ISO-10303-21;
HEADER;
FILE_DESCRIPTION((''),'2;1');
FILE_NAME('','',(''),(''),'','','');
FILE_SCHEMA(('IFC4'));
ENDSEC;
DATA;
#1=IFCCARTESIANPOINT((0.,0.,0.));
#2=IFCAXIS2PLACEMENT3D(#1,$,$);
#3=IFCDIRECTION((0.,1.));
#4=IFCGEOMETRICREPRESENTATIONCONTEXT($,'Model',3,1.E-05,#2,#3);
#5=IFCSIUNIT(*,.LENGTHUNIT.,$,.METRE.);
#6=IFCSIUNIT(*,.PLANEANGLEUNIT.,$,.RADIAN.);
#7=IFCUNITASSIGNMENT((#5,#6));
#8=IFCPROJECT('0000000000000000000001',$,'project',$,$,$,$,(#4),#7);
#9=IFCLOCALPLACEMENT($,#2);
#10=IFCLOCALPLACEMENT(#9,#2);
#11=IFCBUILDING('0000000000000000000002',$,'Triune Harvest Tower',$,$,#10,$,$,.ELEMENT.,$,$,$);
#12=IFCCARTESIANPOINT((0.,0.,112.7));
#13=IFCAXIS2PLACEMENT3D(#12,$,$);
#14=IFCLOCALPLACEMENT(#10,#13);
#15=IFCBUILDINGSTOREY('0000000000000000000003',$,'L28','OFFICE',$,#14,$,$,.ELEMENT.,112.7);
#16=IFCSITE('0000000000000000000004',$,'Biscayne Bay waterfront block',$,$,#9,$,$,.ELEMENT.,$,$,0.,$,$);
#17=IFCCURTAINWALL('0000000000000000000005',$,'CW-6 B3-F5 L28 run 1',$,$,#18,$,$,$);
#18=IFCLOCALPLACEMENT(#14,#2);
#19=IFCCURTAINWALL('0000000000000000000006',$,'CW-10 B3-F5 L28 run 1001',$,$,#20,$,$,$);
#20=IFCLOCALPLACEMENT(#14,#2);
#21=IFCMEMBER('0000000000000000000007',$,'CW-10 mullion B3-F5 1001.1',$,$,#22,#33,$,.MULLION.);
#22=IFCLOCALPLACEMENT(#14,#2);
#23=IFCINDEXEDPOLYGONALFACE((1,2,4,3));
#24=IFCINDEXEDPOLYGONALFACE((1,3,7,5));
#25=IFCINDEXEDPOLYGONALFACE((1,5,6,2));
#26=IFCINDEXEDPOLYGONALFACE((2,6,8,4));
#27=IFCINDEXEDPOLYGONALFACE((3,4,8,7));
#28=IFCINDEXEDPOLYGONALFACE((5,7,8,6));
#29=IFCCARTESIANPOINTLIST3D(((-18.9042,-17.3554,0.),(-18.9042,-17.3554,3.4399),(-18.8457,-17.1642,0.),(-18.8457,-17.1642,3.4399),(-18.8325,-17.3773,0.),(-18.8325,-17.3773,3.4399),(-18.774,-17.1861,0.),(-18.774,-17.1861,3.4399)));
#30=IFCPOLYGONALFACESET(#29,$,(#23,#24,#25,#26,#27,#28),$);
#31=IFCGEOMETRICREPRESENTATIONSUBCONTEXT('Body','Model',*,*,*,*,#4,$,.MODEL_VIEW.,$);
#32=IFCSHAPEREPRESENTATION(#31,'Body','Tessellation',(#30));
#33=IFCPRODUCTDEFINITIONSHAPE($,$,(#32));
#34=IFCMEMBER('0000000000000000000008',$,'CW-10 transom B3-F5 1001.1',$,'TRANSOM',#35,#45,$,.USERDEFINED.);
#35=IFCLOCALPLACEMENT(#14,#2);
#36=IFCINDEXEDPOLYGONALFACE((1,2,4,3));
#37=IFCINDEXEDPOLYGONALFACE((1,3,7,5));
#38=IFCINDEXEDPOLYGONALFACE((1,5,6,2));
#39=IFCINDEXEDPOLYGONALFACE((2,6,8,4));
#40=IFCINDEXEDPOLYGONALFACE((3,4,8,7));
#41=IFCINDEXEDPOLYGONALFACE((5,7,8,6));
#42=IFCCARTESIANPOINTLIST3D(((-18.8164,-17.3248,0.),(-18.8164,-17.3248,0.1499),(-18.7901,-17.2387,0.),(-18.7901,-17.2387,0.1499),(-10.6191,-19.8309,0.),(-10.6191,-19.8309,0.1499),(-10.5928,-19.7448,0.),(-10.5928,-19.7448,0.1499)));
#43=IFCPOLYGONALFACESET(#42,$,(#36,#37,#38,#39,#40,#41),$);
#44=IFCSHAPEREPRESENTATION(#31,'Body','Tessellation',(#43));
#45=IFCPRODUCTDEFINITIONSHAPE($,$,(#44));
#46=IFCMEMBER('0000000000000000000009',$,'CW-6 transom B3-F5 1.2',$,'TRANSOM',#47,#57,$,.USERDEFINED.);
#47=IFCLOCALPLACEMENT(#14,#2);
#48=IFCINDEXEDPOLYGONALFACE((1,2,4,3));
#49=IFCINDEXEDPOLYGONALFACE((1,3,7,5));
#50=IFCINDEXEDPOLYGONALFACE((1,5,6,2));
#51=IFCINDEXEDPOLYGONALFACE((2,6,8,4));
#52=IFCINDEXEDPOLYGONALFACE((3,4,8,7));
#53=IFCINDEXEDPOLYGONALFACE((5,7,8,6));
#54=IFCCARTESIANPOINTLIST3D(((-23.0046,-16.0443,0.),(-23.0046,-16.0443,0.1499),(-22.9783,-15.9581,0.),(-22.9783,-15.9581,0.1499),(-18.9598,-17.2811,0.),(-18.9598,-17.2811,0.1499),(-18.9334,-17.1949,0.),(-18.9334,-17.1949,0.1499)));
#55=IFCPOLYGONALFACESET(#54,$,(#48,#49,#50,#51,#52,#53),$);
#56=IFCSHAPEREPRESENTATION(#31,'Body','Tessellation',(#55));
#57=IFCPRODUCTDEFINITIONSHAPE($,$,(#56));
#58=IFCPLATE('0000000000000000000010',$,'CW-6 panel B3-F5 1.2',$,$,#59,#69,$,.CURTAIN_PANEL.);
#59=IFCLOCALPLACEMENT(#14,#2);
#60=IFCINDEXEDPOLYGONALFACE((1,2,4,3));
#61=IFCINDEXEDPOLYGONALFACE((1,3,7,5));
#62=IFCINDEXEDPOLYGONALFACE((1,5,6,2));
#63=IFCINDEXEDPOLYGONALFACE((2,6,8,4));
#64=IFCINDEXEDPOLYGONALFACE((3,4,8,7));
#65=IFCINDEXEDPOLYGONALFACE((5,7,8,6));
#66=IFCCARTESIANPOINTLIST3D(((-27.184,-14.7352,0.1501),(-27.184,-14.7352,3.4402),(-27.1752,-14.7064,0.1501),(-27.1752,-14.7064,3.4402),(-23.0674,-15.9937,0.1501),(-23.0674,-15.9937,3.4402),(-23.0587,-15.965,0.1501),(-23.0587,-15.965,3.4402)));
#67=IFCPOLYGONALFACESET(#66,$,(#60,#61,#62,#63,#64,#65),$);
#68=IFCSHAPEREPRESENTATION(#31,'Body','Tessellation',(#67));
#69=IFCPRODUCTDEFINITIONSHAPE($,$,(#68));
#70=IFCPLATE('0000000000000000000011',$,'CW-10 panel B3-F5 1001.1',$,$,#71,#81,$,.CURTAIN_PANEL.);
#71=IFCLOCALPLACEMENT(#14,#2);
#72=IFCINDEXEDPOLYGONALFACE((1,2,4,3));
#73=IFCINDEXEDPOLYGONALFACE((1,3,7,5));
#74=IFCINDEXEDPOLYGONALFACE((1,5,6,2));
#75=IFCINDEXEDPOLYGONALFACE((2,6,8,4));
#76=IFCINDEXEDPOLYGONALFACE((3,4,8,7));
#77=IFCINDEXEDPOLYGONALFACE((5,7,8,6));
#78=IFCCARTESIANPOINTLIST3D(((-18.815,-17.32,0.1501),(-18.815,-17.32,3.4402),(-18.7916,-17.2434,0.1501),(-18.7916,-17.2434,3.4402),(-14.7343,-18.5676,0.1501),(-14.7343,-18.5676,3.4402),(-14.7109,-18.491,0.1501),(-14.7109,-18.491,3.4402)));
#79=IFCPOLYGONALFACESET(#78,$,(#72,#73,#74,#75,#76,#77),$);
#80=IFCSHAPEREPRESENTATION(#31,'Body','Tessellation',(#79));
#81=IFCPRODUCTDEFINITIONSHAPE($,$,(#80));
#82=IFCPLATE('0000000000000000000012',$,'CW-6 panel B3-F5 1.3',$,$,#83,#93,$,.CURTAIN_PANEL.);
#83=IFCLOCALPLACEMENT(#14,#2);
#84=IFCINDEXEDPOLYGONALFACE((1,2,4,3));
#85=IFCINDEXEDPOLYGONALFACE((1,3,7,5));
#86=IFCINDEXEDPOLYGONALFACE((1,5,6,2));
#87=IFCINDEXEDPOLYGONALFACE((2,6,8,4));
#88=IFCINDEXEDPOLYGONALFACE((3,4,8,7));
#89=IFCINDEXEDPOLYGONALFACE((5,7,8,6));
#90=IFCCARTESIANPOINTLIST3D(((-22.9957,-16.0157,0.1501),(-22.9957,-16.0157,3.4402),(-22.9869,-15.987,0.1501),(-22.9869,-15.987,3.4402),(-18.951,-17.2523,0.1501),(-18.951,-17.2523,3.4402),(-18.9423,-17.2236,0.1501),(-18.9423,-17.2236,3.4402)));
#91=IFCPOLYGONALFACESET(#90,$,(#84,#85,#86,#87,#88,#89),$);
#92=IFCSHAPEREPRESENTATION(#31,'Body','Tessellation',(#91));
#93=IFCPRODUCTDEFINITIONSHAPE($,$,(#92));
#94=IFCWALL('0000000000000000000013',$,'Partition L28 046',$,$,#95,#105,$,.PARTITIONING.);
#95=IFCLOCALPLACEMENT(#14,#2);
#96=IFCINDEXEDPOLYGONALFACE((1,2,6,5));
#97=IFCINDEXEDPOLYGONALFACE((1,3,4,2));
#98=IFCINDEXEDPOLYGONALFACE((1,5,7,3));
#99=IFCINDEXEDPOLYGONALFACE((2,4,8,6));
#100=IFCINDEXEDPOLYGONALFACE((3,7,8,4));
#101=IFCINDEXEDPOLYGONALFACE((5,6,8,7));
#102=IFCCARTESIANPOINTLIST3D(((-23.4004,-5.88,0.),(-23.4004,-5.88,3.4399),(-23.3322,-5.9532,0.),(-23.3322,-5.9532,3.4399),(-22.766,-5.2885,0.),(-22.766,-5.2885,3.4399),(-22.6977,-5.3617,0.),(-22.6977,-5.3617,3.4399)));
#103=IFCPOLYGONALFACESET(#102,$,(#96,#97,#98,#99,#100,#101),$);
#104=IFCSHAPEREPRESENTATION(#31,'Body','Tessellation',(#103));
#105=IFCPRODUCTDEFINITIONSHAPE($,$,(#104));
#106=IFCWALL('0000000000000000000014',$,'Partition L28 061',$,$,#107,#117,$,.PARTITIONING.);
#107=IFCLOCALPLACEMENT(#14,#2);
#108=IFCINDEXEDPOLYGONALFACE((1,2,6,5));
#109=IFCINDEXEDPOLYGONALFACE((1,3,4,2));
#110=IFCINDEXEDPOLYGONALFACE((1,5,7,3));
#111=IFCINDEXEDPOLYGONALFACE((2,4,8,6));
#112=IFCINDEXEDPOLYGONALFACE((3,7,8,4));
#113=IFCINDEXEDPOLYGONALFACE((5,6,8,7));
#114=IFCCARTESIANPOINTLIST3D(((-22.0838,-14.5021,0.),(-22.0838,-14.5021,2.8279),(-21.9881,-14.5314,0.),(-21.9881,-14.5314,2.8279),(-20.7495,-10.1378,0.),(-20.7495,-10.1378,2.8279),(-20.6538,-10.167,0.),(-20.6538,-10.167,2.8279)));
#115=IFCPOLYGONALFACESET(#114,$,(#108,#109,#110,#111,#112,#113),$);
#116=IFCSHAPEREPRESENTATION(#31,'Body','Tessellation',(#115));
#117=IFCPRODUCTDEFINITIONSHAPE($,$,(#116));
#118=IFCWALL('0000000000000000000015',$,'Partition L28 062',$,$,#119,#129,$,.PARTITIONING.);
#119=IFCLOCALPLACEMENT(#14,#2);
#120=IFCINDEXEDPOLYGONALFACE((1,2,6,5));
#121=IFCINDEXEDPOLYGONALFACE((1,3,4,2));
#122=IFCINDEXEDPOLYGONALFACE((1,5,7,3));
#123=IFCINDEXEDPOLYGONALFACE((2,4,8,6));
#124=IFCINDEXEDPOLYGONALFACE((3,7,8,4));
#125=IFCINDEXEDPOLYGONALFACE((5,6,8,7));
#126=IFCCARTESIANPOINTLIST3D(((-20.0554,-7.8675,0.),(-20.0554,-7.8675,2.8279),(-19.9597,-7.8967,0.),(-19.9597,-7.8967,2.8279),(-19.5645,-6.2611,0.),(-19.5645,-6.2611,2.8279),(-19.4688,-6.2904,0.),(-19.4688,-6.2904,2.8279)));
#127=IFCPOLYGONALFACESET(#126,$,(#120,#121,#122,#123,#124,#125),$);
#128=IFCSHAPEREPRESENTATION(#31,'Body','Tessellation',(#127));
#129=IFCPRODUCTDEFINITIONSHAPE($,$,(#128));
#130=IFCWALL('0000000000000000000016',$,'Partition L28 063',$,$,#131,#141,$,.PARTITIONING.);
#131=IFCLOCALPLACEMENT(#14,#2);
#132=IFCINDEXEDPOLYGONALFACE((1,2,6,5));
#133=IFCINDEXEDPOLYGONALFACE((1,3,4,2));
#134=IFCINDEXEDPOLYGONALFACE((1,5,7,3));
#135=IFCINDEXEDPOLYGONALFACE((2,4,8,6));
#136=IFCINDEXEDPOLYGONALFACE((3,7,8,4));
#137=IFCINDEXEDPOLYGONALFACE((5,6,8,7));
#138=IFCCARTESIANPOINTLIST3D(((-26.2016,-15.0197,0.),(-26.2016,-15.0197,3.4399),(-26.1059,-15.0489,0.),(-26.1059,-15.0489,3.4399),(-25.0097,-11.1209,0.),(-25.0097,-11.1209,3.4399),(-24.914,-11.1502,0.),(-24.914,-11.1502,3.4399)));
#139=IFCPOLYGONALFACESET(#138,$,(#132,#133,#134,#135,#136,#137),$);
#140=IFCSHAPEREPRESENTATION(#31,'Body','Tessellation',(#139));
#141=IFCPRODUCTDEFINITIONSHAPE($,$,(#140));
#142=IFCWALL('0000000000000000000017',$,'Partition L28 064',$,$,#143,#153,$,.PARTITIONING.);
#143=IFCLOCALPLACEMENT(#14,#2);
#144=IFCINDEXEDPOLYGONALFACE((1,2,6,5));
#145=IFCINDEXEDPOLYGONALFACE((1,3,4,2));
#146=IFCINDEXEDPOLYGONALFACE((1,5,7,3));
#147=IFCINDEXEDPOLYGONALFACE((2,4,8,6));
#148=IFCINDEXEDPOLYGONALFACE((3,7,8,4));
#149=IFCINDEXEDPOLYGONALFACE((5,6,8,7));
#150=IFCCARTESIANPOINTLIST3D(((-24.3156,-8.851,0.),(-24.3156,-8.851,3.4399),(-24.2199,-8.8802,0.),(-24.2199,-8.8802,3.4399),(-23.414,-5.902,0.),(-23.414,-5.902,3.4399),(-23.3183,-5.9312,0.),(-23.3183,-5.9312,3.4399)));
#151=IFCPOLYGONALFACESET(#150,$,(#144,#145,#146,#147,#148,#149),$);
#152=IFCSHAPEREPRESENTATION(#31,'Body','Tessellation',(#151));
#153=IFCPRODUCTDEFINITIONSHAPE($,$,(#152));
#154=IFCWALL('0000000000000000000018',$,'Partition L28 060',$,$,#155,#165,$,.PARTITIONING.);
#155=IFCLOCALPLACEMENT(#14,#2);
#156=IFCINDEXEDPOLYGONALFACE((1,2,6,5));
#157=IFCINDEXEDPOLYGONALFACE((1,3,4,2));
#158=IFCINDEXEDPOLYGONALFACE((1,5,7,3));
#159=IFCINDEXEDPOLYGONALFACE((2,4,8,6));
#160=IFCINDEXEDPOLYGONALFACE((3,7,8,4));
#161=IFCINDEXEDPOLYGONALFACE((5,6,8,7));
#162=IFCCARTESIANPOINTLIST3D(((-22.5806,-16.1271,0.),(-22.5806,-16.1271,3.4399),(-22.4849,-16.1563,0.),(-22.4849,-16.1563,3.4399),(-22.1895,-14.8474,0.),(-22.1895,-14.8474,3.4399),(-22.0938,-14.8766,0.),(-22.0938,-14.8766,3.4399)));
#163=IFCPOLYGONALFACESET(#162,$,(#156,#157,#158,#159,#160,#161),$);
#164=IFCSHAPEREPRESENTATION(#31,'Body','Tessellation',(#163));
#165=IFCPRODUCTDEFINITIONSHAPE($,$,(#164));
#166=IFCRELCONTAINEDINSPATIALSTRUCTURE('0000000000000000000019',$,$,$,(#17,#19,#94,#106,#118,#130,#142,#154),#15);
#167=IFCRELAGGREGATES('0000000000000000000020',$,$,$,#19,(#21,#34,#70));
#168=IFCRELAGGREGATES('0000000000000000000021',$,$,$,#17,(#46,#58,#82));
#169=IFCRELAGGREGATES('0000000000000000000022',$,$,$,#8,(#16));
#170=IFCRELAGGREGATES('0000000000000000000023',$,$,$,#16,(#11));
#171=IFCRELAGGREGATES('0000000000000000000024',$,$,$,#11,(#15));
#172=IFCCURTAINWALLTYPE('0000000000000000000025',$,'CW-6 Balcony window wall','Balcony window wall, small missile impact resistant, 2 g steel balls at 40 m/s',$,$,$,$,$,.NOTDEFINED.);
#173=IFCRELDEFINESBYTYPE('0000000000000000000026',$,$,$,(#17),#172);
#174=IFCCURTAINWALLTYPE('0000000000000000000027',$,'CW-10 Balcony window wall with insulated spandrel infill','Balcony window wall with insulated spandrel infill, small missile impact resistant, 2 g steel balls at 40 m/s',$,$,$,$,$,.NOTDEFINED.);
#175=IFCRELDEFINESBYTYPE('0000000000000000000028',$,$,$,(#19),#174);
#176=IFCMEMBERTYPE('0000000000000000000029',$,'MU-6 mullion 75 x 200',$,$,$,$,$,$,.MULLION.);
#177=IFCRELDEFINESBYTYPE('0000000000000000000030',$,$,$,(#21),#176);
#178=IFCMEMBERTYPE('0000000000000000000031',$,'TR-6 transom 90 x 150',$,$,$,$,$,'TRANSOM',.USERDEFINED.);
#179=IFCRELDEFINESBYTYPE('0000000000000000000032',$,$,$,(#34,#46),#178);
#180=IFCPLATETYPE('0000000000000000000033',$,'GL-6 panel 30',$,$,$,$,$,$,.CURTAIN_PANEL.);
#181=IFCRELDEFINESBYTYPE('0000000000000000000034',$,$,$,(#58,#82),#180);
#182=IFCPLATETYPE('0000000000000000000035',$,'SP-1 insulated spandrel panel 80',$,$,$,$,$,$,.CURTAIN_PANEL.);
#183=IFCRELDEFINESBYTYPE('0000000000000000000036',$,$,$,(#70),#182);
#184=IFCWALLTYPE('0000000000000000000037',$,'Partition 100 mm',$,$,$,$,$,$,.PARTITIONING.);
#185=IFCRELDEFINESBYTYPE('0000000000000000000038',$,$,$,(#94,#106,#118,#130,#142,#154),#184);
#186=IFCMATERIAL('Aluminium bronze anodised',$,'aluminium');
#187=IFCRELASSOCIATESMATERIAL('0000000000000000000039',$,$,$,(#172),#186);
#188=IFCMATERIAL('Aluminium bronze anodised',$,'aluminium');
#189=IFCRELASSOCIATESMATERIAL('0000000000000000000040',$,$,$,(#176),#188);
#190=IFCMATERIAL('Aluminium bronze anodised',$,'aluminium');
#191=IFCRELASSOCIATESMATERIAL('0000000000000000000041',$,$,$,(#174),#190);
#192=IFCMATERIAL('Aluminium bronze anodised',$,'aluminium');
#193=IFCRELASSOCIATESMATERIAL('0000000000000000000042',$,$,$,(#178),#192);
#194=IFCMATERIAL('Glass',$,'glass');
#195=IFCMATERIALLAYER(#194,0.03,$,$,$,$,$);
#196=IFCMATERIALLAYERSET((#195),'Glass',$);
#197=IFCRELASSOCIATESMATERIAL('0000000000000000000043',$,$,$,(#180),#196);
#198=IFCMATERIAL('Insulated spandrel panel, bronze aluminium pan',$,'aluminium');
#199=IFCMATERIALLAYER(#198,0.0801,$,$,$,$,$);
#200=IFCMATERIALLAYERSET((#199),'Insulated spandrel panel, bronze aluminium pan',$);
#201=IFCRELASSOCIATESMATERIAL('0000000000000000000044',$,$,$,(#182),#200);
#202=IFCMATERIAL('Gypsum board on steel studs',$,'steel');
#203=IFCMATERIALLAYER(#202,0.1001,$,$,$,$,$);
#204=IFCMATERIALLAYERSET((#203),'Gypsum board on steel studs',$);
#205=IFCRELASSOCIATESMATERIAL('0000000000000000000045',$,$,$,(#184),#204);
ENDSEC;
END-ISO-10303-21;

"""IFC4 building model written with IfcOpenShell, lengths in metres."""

from ifc_helpers import new_model, si_unit, direction, frame, frame_2d, origin, origin_2d, place, context, subcontext, project, spatial, rectangle, extrude, source, transform, mapped, material, layer, layer_set, material_profile, profile_set, type_object, element, aggregate, save


model = new_model("IFC4")

# Units and contexts
model_context = context("Model", 3, precision=1e-05, world=origin(), true_north=direction((0.0, 1.0)))
body_context = subcontext(model_context, "Body", "Model", "MODEL_VIEW")
ifc_project = project(units=[si_unit("LENGTHUNIT", "METRE"), si_unit("PLANEANGLEUNIT", "RADIAN")], contexts=[model_context])

# Site, building, storey
site_placement = place(None, origin())
site = spatial("IfcSite", under=ifc_project, at=site_placement, Name="Biscayne Bay waterfront block", CompositionType="ELEMENT", RefElevation=0.0)
building_placement = place(site_placement, origin())
building = spatial("IfcBuilding", under=site, at=building_placement, Name="Triune Harvest Tower", CompositionType="ELEMENT")
storey_placement = place(building_placement, frame((0.0, 0.0, 112.7)))
storey = spatial("IfcBuildingStorey", under=building, at=storey_placement, Name="L28", Description="OFFICE", CompositionType="ELEMENT", Elevation=112.7)

# Curtain walls, members
ifc_material_1 = material(Name="Aluminium bronze anodised", Category="aluminium")
curtain_wall_type_1 = type_object("IfcCurtainWallType", Name="CW-6 Balcony window wall", Description="Balcony window wall, small missile impact resistant, 2 g steel balls at 40 m/s", PredefinedType="NOTDEFINED", material=ifc_material_1)
curtain_wall_1_placement = place(storey_placement, origin())
curtain_wall_1 = element("IfcCurtainWall", 1, at=curtain_wall_1_placement, inside=storey, type_object=curtain_wall_type_1, Name="CW-6 B3-F5 L28 run 1")
ifc_material_2 = material(Name="Aluminium bronze anodised", Category="aluminium")
ifc_material_profile_1 = material_profile(ifc_material_2, rectangle(XDim=0.2, YDim=0.075, at=origin_2d()), Name="MU-6 mullion 75 x 200")
ifc_profile_set_1 = profile_set([ifc_material_profile_1], Name="Aluminium bronze anodised")
member_type_1 = type_object("IfcMemberType", Name="MU-6 mullion 75 x 200", PredefinedType="MULLION", material=ifc_profile_set_1)
shared_shape_1 = source(origin(), body_context, "Body", "SweptSolid", [
    extrude(rectangle(XDim=0.2, YDim=0.075, at=origin_2d()), origin(), (0.0, 0.0, 1.0), 3.4399),
])
ifc_material_3 = material(Name="Aluminium bronze anodised", Category="aluminium")
curtain_wall_type_2 = type_object("IfcCurtainWallType", Name="CW-10 Balcony window wall with insulated spandrel infill", Description="Balcony window wall with insulated spandrel infill, small missile impact resistant, 2 g steel balls at 40 m/s", PredefinedType="NOTDEFINED", material=ifc_material_3)
curtain_wall_2_placement = place(storey_placement, origin())
curtain_wall_2 = element("IfcCurtainWall", 2, at=curtain_wall_2_placement, inside=storey, type_object=curtain_wall_type_2, Name="CW-10 B3-F5 L28 run 1001")
member_1_placement = place(storey_placement, frame((-18.8391, -17.2708, 0.0), z_axis=(0.0, 0.0, 1.0), x_axis=(0.292372, 0.956305, 0.0)))
member_1 = element("IfcMember", 3, at=member_1_placement, type_object=member_type_1, Name="CW-10 mullion B3-F5 1001.1", PredefinedType="MULLION", context=body_context, shape_type="MappedRepresentation", body=[
    mapped(shared_shape_1, transform((0.0, 0.0, 0.0), scale=1.0)),
])
ifc_material_4 = material(Name="Aluminium bronze anodised", Category="aluminium")
ifc_material_profile_2 = material_profile(ifc_material_4, rectangle(XDim=0.0901, YDim=0.1499, at=origin_2d()), Name="TR-6 transom 90 x 150")
ifc_profile_set_2 = profile_set([ifc_material_profile_2], Name="Aluminium bronze anodised")
member_type_2 = type_object("IfcMemberType", Name="TR-6 transom 90 x 150", ElementType="TRANSOM", PredefinedType="USERDEFINED", material=ifc_profile_set_2)
shared_shape_2 = source(origin(), body_context, "Body", "SweptSolid", [
    extrude(rectangle(XDim=0.0901, YDim=0.1499, at=origin_2d()), origin(), (0.0, 0.0, 1.0), 8.5718),
])
member_2_placement = place(storey_placement, frame((-18.8032, -17.2817, 0.075), z_axis=(0.956306, -0.292366, 0.0), x_axis=(0.292366, 0.956306, 0.0)))
member_2 = element("IfcMember", 4, at=member_2_placement, type_object=member_type_2, Name="CW-10 transom B3-F5 1001.1", ObjectType="TRANSOM", PredefinedType="USERDEFINED", context=body_context, shape_type="MappedRepresentation", body=[
    mapped(shared_shape_2, transform((0.0, 0.0, 0.0), scale=1.0)),
])

# Member
shared_shape_3 = source(origin(), body_context, "Body", "SweptSolid", [
    extrude(rectangle(XDim=0.0901, YDim=0.1499, at=origin_2d()), origin(), (0.0, 0.0, 1.0), 4.2297),
])
member_3_placement = place(storey_placement, frame((-22.9915, -16.0012, 0.075), z_axis=(0.956294, -0.292406, 0.0), x_axis=(0.292406, 0.956294, 0.0)))
member_3 = element("IfcMember", 5, at=member_3_placement, type_object=member_type_2, Name="CW-6 transom B3-F5 1.2", ObjectType="TRANSOM", PredefinedType="USERDEFINED", context=body_context, shape_type="MappedRepresentation", body=[
    mapped(shared_shape_3, transform((0.0, 0.0, 0.0), scale=1.0)),
])

# Plates
ifc_material_5 = material(Name="Glass", Category="glass")
ifc_layer_1 = layer(ifc_material_5, 0.03)
ifc_layer_set_1 = layer_set([ifc_layer_1], Name="Glass")
plate_type_1 = type_object("IfcPlateType", Name="GL-6 panel 30", PredefinedType="CURTAIN_PANEL", material=ifc_layer_set_1)
shared_shape_4 = source(origin(), body_context, "Body", "SweptSolid", [
    extrude(rectangle(XDim=4.3047, YDim=0.03, at=origin_2d()), origin(), (0.0, 0.0, 1.0), 3.29),
])
plate_1_placement = place(storey_placement, frame((-25.1213, -15.3501, 0.1501), z_axis=(0.0, 0.0, 1.0), x_axis=(0.956303, -0.292376, 0.0)))
plate_1 = element("IfcPlate", 6, at=plate_1_placement, type_object=plate_type_1, Name="CW-6 panel B3-F5 1.2", PredefinedType="CURTAIN_PANEL", context=body_context, shape_type="MappedRepresentation", body=[
    mapped(shared_shape_4, transform((0.0, 0.0, 0.0), scale=1.0)),
])
ifc_material_6 = material(Name="Insulated spandrel panel, bronze aluminium pan", Category="aluminium")
ifc_layer_2 = layer(ifc_material_6, 0.0801)
ifc_layer_set_2 = layer_set([ifc_layer_2], Name="Insulated spandrel panel, bronze aluminium pan")
plate_type_2 = type_object("IfcPlateType", Name="SP-1 insulated spandrel panel 80", PredefinedType="CURTAIN_PANEL", material=ifc_layer_set_2)
shared_shape_5 = source(origin(), body_context, "Body", "SweptSolid", [
    extrude(rectangle(XDim=4.2671, YDim=0.0801, at=origin_2d()), origin(), (0.0, 0.0, 1.0), 3.29),
])
plate_2_placement = place(storey_placement, frame((-16.7629, -17.9055, 0.1501), z_axis=(0.0, 0.0, 1.0), x_axis=(0.956305, -0.292372, 0.0)))
plate_2 = element("IfcPlate", 7, at=plate_2_placement, type_object=plate_type_2, Name="CW-10 panel B3-F5 1001.1", PredefinedType="CURTAIN_PANEL", context=body_context, shape_type="MappedRepresentation", body=[
    mapped(shared_shape_5, transform((0.0, 0.0, 0.0), scale=1.0)),
])
aggregate(curtain_wall_2, [member_1, member_2, plate_2])
shared_shape_6 = source(origin(), body_context, "Body", "SweptSolid", [
    extrude(rectangle(XDim=4.2295, YDim=0.03, at=origin_2d()), origin(), (0.0, 0.0, 1.0), 3.29),
])
plate_3_placement = place(storey_placement, frame((-20.969, -16.6196, 0.1501), z_axis=(0.0, 0.0, 1.0), x_axis=(0.956303, -0.292376, 0.0)))
plate_3 = element("IfcPlate", 8, at=plate_3_placement, type_object=plate_type_1, Name="CW-6 panel B3-F5 1.3", PredefinedType="CURTAIN_PANEL", context=body_context, shape_type="MappedRepresentation", body=[
    mapped(shared_shape_6, transform((0.0, 0.0, 0.0), scale=1.0)),
])
aggregate(curtain_wall_1, [member_3, plate_1, plate_3])

# Walls
ifc_material_7 = material(Name="Gypsum board on steel studs", Category="steel")
ifc_layer_3 = layer(ifc_material_7, 0.1001)
ifc_layer_set_3 = layer_set([ifc_layer_3], Name="Gypsum board on steel studs")
wall_type_1 = type_object("IfcWallType", Name="Partition 100 mm", PredefinedType="PARTITIONING", material=ifc_layer_set_3)
wall_1_placement = place(storey_placement, frame((-23.3662, -5.9165, 0.0), z_axis=(0.0, 0.0, 1.0), x_axis=(0.731439, 0.681907, 0.0)))
element("IfcWall", 9, at=wall_1_placement, inside=storey, type_object=wall_type_1, Name="Partition L28 046", PredefinedType="PARTITIONING", context=body_context, shape_type="SweptSolid", body=[
    extrude(rectangle(XDim=0.8674, YDim=0.1001, at=frame_2d((0.4336, 0.0))), origin(), (0.0, 0.0, 1.0), 3.4399),
])
wall_2_placement = place(storey_placement, frame((-22.0359, -14.5166, 0.0), z_axis=(0.0, 0.0, 1.0), x_axis=(0.29236, 0.956308, 0.0)))
element("IfcWall", 10, at=wall_2_placement, inside=storey, type_object=wall_type_1, Name="Partition L28 061", PredefinedType="PARTITIONING", context=body_context, shape_type="SweptSolid", body=[
    extrude(rectangle(XDim=4.5637, YDim=0.1001, at=frame_2d((2.2817, 0.0))), origin(), (0.0, 0.0, 1.0), 2.8279),
])
wall_3_placement = place(storey_placement, frame((-20.0076, -7.8821, 0.0), z_axis=(0.0, 0.0, 1.0), x_axis=(0.292278, 0.956334, 0.0)))
element("IfcWall", 11, at=wall_3_placement, inside=storey, type_object=wall_type_1, Name="Partition L28 062", PredefinedType="PARTITIONING", context=body_context, shape_type="SweptSolid", body=[
    extrude(rectangle(XDim=1.6797, YDim=0.1001, at=frame_2d((0.8398, 0.0))), origin(), (0.0, 0.0, 1.0), 2.8279),
])
wall_4_placement = place(storey_placement, frame((-26.1538, -15.0344, 0.0), z_axis=(0.0, 0.0, 1.0), x_axis=(0.29236, 0.956308, 0.0)))
element("IfcWall", 12, at=wall_4_placement, inside=storey, type_object=wall_type_1, Name="Partition L28 063", PredefinedType="PARTITIONING", context=body_context, shape_type="SweptSolid", body=[
    extrude(rectangle(XDim=4.0769, YDim=0.1001, at=frame_2d((2.0386, 0.0))), origin(), (0.0, 0.0, 1.0), 3.4399),
])
wall_5_placement = place(storey_placement, frame((-24.2678, -8.8657, 0.0), z_axis=(0.0, 0.0, 1.0), x_axis=(0.292377, 0.956303, 0.0)))
element("IfcWall", 13, at=wall_5_placement, inside=storey, type_object=wall_type_1, Name="Partition L28 064", PredefinedType="PARTITIONING", context=body_context, shape_type="SweptSolid", body=[
    extrude(rectangle(XDim=3.0837, YDim=0.1001, at=frame_2d((1.542, 0.0))), origin(), (0.0, 0.0, 1.0), 3.4399),
])
shared_shape_7 = source(origin(), body_context, "Body", "SweptSolid", [
    extrude(rectangle(XDim=1.3381, YDim=0.1001, at=frame_2d((0.6689, 0.0))), origin(), (0.0, 0.0, 1.0), 3.4399),
])
wall_6_placement = place(storey_placement, frame((-22.5327, -16.1416, 0.0), z_axis=(0.0, 0.0, 1.0), x_axis=(0.292265, 0.956337, 0.0)))
element("IfcWall", 14, at=wall_6_placement, inside=storey, type_object=wall_type_1, Name="Partition L28 060", PredefinedType="PARTITIONING", context=body_context, shape_type="MappedRepresentation", body=[
    mapped(shared_shape_7, transform((0.0, 0.0, 0.0), scale=1.0)),
])

save(model, "model.ifc")
